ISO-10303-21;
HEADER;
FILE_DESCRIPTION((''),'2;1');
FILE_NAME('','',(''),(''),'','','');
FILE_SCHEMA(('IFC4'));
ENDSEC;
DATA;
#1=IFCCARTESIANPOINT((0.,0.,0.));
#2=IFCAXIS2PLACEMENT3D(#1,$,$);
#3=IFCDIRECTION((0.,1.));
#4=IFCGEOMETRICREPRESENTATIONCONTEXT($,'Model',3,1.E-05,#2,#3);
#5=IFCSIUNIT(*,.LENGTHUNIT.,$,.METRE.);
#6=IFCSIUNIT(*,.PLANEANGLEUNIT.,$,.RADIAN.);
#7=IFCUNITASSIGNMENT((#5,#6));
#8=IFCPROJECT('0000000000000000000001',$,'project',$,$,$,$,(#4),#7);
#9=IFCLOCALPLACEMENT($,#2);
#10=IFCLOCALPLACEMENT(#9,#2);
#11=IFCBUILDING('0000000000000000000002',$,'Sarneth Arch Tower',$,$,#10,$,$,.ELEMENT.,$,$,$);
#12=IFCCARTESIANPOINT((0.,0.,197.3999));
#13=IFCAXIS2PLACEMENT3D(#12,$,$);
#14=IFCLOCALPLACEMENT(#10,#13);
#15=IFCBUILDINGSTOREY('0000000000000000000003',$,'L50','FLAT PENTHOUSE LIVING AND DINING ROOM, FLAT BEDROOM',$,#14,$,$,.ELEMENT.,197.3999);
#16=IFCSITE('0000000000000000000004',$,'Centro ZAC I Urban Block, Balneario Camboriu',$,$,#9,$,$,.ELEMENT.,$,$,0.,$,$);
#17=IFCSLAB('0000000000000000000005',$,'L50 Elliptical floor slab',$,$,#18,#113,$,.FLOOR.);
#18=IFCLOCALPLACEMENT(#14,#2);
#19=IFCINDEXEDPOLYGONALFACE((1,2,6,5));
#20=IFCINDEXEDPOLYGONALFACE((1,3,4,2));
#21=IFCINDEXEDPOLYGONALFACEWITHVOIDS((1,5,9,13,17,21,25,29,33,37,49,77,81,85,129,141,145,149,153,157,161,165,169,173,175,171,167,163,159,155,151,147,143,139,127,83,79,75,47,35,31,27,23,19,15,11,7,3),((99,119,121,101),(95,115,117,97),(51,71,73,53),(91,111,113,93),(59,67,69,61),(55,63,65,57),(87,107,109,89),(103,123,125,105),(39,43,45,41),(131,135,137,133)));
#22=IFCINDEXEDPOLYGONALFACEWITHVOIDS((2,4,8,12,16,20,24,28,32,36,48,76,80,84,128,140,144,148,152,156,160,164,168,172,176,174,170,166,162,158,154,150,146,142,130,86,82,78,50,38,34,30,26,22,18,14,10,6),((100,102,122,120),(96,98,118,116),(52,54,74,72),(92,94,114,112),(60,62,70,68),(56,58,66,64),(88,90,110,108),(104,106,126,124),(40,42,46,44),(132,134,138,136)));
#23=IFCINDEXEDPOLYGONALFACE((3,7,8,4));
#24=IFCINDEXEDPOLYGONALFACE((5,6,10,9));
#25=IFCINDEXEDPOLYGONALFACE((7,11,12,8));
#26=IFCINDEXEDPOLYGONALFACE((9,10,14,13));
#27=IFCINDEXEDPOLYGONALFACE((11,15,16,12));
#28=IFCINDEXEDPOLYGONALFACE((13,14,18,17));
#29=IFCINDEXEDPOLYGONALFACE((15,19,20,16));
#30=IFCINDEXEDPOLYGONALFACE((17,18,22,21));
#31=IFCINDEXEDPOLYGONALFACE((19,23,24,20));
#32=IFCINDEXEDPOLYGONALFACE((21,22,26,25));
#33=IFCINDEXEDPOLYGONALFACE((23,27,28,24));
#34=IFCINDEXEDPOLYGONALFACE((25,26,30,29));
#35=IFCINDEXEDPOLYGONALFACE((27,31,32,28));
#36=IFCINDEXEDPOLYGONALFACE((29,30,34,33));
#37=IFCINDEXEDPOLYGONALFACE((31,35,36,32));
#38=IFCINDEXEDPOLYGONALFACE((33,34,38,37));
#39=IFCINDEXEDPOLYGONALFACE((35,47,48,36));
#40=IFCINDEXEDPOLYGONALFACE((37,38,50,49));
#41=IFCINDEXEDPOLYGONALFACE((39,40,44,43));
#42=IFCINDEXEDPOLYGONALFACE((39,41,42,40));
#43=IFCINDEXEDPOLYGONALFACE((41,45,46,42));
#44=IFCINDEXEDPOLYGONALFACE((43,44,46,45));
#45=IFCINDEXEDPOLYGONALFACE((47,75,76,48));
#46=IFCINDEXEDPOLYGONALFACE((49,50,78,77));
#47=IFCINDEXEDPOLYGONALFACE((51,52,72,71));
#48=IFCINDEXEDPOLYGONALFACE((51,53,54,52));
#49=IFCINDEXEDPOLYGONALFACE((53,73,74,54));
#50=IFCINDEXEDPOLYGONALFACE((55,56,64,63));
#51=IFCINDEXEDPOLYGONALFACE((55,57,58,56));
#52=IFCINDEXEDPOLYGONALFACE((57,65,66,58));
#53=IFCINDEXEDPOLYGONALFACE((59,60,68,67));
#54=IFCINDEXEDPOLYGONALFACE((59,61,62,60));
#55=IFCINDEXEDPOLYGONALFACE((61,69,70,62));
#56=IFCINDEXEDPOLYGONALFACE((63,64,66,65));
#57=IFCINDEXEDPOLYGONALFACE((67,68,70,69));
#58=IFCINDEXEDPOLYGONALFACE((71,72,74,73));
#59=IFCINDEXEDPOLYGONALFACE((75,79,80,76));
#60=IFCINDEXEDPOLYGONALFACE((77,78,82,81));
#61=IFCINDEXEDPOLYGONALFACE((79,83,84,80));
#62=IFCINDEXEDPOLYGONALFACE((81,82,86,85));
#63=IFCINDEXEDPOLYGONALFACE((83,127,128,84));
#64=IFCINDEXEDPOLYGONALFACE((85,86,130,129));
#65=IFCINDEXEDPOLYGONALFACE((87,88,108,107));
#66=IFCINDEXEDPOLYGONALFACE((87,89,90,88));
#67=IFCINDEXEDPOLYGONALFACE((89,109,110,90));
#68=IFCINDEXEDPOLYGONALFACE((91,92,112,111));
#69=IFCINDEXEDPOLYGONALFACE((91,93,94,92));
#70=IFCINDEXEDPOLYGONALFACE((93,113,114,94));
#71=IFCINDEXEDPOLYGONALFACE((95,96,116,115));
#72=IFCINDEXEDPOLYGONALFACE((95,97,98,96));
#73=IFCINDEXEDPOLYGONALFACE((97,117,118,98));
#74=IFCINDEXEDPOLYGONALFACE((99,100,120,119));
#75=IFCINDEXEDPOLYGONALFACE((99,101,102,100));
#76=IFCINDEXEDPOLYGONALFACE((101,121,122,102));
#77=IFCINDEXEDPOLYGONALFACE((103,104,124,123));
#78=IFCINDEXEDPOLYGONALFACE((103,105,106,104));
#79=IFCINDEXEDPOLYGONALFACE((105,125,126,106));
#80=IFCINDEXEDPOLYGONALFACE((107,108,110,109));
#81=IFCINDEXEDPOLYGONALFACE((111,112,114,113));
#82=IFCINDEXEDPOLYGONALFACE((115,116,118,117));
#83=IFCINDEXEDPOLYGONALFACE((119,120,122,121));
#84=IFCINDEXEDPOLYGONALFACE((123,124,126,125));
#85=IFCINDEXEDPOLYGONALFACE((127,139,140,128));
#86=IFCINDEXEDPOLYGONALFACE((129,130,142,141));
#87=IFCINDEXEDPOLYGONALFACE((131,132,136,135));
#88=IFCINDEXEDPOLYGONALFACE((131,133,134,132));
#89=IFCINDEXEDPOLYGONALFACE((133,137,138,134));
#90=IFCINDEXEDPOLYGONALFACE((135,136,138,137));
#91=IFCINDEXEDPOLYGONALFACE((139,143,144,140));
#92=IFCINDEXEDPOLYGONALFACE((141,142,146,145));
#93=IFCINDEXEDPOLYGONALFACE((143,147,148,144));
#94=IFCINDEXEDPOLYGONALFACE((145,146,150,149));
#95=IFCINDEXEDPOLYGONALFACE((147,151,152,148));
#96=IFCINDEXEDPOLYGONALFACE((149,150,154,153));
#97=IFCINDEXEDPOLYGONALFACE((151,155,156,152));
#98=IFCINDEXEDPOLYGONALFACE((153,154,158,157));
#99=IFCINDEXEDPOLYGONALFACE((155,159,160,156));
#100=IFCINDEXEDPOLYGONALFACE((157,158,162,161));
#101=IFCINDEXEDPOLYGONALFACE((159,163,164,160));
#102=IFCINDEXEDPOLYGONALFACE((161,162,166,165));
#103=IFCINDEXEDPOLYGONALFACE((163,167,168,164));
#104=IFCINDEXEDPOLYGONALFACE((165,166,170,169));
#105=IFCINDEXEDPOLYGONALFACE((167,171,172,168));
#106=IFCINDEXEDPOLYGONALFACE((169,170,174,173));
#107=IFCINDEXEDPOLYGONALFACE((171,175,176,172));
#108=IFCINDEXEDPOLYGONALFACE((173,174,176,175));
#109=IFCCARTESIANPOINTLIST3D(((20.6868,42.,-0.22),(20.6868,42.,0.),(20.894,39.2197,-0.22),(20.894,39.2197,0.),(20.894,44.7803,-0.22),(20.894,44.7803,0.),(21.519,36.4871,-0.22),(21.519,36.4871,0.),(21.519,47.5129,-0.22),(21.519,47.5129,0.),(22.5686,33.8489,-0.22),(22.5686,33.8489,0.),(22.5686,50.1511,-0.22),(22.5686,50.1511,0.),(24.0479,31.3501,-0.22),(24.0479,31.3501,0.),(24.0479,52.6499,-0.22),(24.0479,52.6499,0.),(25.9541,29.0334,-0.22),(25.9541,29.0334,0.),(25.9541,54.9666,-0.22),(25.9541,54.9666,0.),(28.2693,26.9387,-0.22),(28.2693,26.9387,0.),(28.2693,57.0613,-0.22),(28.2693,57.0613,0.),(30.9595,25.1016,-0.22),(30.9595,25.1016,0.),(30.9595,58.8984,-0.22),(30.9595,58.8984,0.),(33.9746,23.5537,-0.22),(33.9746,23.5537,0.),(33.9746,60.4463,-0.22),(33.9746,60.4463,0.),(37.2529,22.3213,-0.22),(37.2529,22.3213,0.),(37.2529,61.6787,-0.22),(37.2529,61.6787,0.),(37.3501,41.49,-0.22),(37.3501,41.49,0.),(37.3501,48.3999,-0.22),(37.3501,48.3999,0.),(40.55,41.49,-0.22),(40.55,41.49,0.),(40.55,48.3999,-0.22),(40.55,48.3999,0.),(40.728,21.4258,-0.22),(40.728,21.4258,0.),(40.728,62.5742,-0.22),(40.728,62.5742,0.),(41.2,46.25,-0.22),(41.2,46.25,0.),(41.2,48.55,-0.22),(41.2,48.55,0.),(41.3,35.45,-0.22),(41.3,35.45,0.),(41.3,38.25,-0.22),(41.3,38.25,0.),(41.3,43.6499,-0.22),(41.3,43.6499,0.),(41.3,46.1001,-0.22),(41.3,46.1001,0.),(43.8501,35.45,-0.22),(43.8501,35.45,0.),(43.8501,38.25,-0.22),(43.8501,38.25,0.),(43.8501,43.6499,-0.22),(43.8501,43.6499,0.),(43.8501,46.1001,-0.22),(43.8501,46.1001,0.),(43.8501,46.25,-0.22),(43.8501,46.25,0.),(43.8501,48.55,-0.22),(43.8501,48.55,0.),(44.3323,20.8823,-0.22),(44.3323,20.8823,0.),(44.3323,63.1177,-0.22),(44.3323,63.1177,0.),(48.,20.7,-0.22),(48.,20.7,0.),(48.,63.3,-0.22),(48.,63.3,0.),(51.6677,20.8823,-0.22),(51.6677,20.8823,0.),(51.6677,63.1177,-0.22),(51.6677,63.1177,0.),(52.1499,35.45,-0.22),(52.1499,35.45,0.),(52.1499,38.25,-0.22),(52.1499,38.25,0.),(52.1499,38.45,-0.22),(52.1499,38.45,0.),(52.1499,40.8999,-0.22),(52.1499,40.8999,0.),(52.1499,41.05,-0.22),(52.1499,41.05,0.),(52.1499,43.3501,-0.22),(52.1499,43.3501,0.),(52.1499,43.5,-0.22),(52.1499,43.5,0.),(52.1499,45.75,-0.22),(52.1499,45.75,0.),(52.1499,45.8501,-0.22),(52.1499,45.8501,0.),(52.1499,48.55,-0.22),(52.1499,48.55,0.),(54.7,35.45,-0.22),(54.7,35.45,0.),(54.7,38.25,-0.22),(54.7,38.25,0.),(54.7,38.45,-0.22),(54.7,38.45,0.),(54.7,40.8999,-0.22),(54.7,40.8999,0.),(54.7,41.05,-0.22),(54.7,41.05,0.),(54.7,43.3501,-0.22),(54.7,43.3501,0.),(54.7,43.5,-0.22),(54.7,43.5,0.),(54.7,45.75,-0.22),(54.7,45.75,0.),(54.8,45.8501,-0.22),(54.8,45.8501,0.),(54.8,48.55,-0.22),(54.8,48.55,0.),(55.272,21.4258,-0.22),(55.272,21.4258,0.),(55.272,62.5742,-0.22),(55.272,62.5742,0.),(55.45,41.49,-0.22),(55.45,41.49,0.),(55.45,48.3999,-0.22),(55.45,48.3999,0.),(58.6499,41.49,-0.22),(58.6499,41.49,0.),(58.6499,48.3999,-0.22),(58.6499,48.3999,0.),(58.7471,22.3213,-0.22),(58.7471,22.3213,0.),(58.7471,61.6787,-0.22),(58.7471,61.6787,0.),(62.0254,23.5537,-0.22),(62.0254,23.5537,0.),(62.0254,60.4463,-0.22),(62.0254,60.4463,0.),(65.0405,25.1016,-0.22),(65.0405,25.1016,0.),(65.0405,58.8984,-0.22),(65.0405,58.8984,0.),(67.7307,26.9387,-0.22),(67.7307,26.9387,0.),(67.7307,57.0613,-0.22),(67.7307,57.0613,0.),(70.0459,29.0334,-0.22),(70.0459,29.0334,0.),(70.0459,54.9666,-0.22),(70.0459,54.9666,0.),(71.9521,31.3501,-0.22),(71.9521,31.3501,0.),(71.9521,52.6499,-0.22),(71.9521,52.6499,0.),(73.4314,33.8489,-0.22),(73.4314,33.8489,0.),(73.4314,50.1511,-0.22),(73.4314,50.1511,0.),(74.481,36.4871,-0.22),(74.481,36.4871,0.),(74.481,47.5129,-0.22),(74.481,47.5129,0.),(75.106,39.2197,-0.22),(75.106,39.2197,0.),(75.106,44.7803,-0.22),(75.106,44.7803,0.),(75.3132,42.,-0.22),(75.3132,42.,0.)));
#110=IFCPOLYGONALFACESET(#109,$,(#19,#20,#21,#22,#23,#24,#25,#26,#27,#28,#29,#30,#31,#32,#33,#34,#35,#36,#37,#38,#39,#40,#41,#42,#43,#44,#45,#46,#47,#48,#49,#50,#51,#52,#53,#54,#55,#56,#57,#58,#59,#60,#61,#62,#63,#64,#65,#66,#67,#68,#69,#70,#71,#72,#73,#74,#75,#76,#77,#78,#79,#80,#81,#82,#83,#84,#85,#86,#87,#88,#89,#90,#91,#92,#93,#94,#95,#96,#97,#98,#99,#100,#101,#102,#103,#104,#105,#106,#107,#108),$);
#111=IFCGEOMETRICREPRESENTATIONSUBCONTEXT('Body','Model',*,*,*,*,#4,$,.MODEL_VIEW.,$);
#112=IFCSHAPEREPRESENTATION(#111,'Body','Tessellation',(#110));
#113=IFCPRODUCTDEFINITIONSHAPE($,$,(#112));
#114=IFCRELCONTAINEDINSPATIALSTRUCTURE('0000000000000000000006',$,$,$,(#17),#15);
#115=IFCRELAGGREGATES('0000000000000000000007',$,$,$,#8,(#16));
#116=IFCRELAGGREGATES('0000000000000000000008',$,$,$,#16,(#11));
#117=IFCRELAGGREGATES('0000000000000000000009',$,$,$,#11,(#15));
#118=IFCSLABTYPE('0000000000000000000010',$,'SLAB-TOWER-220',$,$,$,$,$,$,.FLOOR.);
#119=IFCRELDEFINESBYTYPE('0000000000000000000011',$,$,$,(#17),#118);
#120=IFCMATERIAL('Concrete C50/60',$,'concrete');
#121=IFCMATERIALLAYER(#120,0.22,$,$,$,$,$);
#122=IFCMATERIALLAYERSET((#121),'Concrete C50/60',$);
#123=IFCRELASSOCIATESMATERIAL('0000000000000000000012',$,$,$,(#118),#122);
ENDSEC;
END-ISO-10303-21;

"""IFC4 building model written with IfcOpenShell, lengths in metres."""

from ifc_helpers import new_model, si_unit, direction, frame, origin, place, context, subcontext, project, spatial, polyline, outline, extrude, material, layer, layer_set, type_object, element, save


model = new_model("IFC4")

# Units and contexts
model_context = context("Model", 3, precision=1e-05, world=origin(), true_north=direction((0.0, 1.0)))
body_context = subcontext(model_context, "Body", "Model", "MODEL_VIEW")
ifc_project = project(units=[si_unit("LENGTHUNIT", "METRE"), si_unit("PLANEANGLEUNIT", "RADIAN")], contexts=[model_context])

# Site, building, storey
site_placement = place(None, origin())
site = spatial("IfcSite", under=ifc_project, at=site_placement, Name="Centro ZAC I Urban Block, Balneario Camboriu", CompositionType="ELEMENT", RefElevation=0.0)
building_placement = place(site_placement, origin())
building = spatial("IfcBuilding", under=site, at=building_placement, Name="Sarneth Arch Tower", CompositionType="ELEMENT")
storey_placement = place(building_placement, frame((0.0, 0.0, 197.3999)))
storey = spatial("IfcBuildingStorey", under=building, at=storey_placement, Name="L50", Description="FLAT PENTHOUSE LIVING AND DINING ROOM, FLAT BEDROOM", CompositionType="ELEMENT", Elevation=197.3999)

# Slab
ifc_material_1 = material(Name="Concrete C50/60", Category="concrete")
ifc_layer_1 = layer(ifc_material_1, 0.22)
ifc_layer_set_1 = layer_set([ifc_layer_1], Name="Concrete C50/60")
slab_type_1 = type_object("IfcSlabType", Name="SLAB-TOWER-220", PredefinedType="FLOOR", material=ifc_layer_set_1)
slab_1_placement = place(storey_placement, frame((0.0, 0.0, -0.22)))
element("IfcSlab", 1, at=slab_1_placement, inside=storey, type_object=slab_type_1, Name="L50 Elliptical floor slab", PredefinedType="FLOOR", context=body_context, shape_type="SweptSolid", body=[
    extrude(outline(polyline([(75.3132, 42.0), (75.106, 44.7803), (74.481, 47.5129), (73.4314, 50.1511), (71.9521, 52.6499), (70.0459, 54.9666), (67.7307, 57.0613), (65.0405, 58.8984), (62.0254, 60.4463), (58.7471, 61.6787), (55.272, 62.5742), (51.6677, 63.1177), (48.0, 63.3), (44.3323, 63.1177), (40.728, 62.5742), (37.2529, 61.6787), (33.9746, 60.4463), (30.9595, 58.8984), (28.2693, 57.0613), (25.9541, 54.9666), (24.0479, 52.6499), (22.5686, 50.1511), (21.519, 47.5129), (20.894, 44.7803), (20.6868, 42.0), (20.894, 39.2197), (21.519, 36.4871), (22.5686, 33.8489), (24.0479, 31.3501), (25.9541, 29.0334), (28.2693, 26.9387), (30.9595, 25.1016), (33.9746, 23.5537), (37.2529, 22.3213), (40.728, 21.4258), (44.3323, 20.8823), (48.0, 20.7), (51.6677, 20.8823), (55.272, 21.4258), (58.7471, 22.3213), (62.0254, 23.5537), (65.0405, 25.1016), (67.7307, 26.9387), (70.0459, 29.0334), (71.9521, 31.3501), (73.4314, 33.8489), (74.481, 36.4871), (75.106, 39.2197), (75.3132, 42.0)]), holes=[polyline([(37.3501, 41.49), (40.55, 41.49), (40.55, 48.3999), (37.3501, 48.3999), (37.3501, 41.49)]), polyline([(55.45, 41.49), (58.6499, 41.49), (58.6499, 48.3999), (55.45, 48.3999), (55.45, 41.49)]), polyline([(41.2, 46.25), (43.8501, 46.25), (43.8501, 48.55), (41.2, 48.55), (41.2, 46.25)]), polyline([(41.3, 35.45), (43.8501, 35.45), (43.8501, 38.25), (41.3, 38.25), (41.3, 35.45)]), polyline([(52.1499, 35.45), (54.7, 35.45), (54.7, 38.25), (52.1499, 38.25), (52.1499, 35.45)]), polyline([(52.1499, 45.8501), (54.8, 45.8501), (54.8, 48.55), (52.1499, 48.55), (52.1499, 45.8501)]), polyline([(41.3, 43.6499), (43.8501, 43.6499), (43.8501, 46.1001), (41.3, 46.1001), (41.3, 43.6499)]), polyline([(52.1499, 38.45), (54.7, 38.45), (54.7, 40.8999), (52.1499, 40.8999), (52.1499, 38.45)]), polyline([(52.1499, 41.05), (54.7, 41.05), (54.7, 43.3501), (52.1499, 43.3501), (52.1499, 41.05)]), polyline([(52.1499, 43.5), (54.7, 43.5), (54.7, 45.75), (52.1499, 45.75), (52.1499, 43.5)])]), origin(), (0.0, 0.0, 1.0), 0.22),
])

save(model, "model.ifc")
